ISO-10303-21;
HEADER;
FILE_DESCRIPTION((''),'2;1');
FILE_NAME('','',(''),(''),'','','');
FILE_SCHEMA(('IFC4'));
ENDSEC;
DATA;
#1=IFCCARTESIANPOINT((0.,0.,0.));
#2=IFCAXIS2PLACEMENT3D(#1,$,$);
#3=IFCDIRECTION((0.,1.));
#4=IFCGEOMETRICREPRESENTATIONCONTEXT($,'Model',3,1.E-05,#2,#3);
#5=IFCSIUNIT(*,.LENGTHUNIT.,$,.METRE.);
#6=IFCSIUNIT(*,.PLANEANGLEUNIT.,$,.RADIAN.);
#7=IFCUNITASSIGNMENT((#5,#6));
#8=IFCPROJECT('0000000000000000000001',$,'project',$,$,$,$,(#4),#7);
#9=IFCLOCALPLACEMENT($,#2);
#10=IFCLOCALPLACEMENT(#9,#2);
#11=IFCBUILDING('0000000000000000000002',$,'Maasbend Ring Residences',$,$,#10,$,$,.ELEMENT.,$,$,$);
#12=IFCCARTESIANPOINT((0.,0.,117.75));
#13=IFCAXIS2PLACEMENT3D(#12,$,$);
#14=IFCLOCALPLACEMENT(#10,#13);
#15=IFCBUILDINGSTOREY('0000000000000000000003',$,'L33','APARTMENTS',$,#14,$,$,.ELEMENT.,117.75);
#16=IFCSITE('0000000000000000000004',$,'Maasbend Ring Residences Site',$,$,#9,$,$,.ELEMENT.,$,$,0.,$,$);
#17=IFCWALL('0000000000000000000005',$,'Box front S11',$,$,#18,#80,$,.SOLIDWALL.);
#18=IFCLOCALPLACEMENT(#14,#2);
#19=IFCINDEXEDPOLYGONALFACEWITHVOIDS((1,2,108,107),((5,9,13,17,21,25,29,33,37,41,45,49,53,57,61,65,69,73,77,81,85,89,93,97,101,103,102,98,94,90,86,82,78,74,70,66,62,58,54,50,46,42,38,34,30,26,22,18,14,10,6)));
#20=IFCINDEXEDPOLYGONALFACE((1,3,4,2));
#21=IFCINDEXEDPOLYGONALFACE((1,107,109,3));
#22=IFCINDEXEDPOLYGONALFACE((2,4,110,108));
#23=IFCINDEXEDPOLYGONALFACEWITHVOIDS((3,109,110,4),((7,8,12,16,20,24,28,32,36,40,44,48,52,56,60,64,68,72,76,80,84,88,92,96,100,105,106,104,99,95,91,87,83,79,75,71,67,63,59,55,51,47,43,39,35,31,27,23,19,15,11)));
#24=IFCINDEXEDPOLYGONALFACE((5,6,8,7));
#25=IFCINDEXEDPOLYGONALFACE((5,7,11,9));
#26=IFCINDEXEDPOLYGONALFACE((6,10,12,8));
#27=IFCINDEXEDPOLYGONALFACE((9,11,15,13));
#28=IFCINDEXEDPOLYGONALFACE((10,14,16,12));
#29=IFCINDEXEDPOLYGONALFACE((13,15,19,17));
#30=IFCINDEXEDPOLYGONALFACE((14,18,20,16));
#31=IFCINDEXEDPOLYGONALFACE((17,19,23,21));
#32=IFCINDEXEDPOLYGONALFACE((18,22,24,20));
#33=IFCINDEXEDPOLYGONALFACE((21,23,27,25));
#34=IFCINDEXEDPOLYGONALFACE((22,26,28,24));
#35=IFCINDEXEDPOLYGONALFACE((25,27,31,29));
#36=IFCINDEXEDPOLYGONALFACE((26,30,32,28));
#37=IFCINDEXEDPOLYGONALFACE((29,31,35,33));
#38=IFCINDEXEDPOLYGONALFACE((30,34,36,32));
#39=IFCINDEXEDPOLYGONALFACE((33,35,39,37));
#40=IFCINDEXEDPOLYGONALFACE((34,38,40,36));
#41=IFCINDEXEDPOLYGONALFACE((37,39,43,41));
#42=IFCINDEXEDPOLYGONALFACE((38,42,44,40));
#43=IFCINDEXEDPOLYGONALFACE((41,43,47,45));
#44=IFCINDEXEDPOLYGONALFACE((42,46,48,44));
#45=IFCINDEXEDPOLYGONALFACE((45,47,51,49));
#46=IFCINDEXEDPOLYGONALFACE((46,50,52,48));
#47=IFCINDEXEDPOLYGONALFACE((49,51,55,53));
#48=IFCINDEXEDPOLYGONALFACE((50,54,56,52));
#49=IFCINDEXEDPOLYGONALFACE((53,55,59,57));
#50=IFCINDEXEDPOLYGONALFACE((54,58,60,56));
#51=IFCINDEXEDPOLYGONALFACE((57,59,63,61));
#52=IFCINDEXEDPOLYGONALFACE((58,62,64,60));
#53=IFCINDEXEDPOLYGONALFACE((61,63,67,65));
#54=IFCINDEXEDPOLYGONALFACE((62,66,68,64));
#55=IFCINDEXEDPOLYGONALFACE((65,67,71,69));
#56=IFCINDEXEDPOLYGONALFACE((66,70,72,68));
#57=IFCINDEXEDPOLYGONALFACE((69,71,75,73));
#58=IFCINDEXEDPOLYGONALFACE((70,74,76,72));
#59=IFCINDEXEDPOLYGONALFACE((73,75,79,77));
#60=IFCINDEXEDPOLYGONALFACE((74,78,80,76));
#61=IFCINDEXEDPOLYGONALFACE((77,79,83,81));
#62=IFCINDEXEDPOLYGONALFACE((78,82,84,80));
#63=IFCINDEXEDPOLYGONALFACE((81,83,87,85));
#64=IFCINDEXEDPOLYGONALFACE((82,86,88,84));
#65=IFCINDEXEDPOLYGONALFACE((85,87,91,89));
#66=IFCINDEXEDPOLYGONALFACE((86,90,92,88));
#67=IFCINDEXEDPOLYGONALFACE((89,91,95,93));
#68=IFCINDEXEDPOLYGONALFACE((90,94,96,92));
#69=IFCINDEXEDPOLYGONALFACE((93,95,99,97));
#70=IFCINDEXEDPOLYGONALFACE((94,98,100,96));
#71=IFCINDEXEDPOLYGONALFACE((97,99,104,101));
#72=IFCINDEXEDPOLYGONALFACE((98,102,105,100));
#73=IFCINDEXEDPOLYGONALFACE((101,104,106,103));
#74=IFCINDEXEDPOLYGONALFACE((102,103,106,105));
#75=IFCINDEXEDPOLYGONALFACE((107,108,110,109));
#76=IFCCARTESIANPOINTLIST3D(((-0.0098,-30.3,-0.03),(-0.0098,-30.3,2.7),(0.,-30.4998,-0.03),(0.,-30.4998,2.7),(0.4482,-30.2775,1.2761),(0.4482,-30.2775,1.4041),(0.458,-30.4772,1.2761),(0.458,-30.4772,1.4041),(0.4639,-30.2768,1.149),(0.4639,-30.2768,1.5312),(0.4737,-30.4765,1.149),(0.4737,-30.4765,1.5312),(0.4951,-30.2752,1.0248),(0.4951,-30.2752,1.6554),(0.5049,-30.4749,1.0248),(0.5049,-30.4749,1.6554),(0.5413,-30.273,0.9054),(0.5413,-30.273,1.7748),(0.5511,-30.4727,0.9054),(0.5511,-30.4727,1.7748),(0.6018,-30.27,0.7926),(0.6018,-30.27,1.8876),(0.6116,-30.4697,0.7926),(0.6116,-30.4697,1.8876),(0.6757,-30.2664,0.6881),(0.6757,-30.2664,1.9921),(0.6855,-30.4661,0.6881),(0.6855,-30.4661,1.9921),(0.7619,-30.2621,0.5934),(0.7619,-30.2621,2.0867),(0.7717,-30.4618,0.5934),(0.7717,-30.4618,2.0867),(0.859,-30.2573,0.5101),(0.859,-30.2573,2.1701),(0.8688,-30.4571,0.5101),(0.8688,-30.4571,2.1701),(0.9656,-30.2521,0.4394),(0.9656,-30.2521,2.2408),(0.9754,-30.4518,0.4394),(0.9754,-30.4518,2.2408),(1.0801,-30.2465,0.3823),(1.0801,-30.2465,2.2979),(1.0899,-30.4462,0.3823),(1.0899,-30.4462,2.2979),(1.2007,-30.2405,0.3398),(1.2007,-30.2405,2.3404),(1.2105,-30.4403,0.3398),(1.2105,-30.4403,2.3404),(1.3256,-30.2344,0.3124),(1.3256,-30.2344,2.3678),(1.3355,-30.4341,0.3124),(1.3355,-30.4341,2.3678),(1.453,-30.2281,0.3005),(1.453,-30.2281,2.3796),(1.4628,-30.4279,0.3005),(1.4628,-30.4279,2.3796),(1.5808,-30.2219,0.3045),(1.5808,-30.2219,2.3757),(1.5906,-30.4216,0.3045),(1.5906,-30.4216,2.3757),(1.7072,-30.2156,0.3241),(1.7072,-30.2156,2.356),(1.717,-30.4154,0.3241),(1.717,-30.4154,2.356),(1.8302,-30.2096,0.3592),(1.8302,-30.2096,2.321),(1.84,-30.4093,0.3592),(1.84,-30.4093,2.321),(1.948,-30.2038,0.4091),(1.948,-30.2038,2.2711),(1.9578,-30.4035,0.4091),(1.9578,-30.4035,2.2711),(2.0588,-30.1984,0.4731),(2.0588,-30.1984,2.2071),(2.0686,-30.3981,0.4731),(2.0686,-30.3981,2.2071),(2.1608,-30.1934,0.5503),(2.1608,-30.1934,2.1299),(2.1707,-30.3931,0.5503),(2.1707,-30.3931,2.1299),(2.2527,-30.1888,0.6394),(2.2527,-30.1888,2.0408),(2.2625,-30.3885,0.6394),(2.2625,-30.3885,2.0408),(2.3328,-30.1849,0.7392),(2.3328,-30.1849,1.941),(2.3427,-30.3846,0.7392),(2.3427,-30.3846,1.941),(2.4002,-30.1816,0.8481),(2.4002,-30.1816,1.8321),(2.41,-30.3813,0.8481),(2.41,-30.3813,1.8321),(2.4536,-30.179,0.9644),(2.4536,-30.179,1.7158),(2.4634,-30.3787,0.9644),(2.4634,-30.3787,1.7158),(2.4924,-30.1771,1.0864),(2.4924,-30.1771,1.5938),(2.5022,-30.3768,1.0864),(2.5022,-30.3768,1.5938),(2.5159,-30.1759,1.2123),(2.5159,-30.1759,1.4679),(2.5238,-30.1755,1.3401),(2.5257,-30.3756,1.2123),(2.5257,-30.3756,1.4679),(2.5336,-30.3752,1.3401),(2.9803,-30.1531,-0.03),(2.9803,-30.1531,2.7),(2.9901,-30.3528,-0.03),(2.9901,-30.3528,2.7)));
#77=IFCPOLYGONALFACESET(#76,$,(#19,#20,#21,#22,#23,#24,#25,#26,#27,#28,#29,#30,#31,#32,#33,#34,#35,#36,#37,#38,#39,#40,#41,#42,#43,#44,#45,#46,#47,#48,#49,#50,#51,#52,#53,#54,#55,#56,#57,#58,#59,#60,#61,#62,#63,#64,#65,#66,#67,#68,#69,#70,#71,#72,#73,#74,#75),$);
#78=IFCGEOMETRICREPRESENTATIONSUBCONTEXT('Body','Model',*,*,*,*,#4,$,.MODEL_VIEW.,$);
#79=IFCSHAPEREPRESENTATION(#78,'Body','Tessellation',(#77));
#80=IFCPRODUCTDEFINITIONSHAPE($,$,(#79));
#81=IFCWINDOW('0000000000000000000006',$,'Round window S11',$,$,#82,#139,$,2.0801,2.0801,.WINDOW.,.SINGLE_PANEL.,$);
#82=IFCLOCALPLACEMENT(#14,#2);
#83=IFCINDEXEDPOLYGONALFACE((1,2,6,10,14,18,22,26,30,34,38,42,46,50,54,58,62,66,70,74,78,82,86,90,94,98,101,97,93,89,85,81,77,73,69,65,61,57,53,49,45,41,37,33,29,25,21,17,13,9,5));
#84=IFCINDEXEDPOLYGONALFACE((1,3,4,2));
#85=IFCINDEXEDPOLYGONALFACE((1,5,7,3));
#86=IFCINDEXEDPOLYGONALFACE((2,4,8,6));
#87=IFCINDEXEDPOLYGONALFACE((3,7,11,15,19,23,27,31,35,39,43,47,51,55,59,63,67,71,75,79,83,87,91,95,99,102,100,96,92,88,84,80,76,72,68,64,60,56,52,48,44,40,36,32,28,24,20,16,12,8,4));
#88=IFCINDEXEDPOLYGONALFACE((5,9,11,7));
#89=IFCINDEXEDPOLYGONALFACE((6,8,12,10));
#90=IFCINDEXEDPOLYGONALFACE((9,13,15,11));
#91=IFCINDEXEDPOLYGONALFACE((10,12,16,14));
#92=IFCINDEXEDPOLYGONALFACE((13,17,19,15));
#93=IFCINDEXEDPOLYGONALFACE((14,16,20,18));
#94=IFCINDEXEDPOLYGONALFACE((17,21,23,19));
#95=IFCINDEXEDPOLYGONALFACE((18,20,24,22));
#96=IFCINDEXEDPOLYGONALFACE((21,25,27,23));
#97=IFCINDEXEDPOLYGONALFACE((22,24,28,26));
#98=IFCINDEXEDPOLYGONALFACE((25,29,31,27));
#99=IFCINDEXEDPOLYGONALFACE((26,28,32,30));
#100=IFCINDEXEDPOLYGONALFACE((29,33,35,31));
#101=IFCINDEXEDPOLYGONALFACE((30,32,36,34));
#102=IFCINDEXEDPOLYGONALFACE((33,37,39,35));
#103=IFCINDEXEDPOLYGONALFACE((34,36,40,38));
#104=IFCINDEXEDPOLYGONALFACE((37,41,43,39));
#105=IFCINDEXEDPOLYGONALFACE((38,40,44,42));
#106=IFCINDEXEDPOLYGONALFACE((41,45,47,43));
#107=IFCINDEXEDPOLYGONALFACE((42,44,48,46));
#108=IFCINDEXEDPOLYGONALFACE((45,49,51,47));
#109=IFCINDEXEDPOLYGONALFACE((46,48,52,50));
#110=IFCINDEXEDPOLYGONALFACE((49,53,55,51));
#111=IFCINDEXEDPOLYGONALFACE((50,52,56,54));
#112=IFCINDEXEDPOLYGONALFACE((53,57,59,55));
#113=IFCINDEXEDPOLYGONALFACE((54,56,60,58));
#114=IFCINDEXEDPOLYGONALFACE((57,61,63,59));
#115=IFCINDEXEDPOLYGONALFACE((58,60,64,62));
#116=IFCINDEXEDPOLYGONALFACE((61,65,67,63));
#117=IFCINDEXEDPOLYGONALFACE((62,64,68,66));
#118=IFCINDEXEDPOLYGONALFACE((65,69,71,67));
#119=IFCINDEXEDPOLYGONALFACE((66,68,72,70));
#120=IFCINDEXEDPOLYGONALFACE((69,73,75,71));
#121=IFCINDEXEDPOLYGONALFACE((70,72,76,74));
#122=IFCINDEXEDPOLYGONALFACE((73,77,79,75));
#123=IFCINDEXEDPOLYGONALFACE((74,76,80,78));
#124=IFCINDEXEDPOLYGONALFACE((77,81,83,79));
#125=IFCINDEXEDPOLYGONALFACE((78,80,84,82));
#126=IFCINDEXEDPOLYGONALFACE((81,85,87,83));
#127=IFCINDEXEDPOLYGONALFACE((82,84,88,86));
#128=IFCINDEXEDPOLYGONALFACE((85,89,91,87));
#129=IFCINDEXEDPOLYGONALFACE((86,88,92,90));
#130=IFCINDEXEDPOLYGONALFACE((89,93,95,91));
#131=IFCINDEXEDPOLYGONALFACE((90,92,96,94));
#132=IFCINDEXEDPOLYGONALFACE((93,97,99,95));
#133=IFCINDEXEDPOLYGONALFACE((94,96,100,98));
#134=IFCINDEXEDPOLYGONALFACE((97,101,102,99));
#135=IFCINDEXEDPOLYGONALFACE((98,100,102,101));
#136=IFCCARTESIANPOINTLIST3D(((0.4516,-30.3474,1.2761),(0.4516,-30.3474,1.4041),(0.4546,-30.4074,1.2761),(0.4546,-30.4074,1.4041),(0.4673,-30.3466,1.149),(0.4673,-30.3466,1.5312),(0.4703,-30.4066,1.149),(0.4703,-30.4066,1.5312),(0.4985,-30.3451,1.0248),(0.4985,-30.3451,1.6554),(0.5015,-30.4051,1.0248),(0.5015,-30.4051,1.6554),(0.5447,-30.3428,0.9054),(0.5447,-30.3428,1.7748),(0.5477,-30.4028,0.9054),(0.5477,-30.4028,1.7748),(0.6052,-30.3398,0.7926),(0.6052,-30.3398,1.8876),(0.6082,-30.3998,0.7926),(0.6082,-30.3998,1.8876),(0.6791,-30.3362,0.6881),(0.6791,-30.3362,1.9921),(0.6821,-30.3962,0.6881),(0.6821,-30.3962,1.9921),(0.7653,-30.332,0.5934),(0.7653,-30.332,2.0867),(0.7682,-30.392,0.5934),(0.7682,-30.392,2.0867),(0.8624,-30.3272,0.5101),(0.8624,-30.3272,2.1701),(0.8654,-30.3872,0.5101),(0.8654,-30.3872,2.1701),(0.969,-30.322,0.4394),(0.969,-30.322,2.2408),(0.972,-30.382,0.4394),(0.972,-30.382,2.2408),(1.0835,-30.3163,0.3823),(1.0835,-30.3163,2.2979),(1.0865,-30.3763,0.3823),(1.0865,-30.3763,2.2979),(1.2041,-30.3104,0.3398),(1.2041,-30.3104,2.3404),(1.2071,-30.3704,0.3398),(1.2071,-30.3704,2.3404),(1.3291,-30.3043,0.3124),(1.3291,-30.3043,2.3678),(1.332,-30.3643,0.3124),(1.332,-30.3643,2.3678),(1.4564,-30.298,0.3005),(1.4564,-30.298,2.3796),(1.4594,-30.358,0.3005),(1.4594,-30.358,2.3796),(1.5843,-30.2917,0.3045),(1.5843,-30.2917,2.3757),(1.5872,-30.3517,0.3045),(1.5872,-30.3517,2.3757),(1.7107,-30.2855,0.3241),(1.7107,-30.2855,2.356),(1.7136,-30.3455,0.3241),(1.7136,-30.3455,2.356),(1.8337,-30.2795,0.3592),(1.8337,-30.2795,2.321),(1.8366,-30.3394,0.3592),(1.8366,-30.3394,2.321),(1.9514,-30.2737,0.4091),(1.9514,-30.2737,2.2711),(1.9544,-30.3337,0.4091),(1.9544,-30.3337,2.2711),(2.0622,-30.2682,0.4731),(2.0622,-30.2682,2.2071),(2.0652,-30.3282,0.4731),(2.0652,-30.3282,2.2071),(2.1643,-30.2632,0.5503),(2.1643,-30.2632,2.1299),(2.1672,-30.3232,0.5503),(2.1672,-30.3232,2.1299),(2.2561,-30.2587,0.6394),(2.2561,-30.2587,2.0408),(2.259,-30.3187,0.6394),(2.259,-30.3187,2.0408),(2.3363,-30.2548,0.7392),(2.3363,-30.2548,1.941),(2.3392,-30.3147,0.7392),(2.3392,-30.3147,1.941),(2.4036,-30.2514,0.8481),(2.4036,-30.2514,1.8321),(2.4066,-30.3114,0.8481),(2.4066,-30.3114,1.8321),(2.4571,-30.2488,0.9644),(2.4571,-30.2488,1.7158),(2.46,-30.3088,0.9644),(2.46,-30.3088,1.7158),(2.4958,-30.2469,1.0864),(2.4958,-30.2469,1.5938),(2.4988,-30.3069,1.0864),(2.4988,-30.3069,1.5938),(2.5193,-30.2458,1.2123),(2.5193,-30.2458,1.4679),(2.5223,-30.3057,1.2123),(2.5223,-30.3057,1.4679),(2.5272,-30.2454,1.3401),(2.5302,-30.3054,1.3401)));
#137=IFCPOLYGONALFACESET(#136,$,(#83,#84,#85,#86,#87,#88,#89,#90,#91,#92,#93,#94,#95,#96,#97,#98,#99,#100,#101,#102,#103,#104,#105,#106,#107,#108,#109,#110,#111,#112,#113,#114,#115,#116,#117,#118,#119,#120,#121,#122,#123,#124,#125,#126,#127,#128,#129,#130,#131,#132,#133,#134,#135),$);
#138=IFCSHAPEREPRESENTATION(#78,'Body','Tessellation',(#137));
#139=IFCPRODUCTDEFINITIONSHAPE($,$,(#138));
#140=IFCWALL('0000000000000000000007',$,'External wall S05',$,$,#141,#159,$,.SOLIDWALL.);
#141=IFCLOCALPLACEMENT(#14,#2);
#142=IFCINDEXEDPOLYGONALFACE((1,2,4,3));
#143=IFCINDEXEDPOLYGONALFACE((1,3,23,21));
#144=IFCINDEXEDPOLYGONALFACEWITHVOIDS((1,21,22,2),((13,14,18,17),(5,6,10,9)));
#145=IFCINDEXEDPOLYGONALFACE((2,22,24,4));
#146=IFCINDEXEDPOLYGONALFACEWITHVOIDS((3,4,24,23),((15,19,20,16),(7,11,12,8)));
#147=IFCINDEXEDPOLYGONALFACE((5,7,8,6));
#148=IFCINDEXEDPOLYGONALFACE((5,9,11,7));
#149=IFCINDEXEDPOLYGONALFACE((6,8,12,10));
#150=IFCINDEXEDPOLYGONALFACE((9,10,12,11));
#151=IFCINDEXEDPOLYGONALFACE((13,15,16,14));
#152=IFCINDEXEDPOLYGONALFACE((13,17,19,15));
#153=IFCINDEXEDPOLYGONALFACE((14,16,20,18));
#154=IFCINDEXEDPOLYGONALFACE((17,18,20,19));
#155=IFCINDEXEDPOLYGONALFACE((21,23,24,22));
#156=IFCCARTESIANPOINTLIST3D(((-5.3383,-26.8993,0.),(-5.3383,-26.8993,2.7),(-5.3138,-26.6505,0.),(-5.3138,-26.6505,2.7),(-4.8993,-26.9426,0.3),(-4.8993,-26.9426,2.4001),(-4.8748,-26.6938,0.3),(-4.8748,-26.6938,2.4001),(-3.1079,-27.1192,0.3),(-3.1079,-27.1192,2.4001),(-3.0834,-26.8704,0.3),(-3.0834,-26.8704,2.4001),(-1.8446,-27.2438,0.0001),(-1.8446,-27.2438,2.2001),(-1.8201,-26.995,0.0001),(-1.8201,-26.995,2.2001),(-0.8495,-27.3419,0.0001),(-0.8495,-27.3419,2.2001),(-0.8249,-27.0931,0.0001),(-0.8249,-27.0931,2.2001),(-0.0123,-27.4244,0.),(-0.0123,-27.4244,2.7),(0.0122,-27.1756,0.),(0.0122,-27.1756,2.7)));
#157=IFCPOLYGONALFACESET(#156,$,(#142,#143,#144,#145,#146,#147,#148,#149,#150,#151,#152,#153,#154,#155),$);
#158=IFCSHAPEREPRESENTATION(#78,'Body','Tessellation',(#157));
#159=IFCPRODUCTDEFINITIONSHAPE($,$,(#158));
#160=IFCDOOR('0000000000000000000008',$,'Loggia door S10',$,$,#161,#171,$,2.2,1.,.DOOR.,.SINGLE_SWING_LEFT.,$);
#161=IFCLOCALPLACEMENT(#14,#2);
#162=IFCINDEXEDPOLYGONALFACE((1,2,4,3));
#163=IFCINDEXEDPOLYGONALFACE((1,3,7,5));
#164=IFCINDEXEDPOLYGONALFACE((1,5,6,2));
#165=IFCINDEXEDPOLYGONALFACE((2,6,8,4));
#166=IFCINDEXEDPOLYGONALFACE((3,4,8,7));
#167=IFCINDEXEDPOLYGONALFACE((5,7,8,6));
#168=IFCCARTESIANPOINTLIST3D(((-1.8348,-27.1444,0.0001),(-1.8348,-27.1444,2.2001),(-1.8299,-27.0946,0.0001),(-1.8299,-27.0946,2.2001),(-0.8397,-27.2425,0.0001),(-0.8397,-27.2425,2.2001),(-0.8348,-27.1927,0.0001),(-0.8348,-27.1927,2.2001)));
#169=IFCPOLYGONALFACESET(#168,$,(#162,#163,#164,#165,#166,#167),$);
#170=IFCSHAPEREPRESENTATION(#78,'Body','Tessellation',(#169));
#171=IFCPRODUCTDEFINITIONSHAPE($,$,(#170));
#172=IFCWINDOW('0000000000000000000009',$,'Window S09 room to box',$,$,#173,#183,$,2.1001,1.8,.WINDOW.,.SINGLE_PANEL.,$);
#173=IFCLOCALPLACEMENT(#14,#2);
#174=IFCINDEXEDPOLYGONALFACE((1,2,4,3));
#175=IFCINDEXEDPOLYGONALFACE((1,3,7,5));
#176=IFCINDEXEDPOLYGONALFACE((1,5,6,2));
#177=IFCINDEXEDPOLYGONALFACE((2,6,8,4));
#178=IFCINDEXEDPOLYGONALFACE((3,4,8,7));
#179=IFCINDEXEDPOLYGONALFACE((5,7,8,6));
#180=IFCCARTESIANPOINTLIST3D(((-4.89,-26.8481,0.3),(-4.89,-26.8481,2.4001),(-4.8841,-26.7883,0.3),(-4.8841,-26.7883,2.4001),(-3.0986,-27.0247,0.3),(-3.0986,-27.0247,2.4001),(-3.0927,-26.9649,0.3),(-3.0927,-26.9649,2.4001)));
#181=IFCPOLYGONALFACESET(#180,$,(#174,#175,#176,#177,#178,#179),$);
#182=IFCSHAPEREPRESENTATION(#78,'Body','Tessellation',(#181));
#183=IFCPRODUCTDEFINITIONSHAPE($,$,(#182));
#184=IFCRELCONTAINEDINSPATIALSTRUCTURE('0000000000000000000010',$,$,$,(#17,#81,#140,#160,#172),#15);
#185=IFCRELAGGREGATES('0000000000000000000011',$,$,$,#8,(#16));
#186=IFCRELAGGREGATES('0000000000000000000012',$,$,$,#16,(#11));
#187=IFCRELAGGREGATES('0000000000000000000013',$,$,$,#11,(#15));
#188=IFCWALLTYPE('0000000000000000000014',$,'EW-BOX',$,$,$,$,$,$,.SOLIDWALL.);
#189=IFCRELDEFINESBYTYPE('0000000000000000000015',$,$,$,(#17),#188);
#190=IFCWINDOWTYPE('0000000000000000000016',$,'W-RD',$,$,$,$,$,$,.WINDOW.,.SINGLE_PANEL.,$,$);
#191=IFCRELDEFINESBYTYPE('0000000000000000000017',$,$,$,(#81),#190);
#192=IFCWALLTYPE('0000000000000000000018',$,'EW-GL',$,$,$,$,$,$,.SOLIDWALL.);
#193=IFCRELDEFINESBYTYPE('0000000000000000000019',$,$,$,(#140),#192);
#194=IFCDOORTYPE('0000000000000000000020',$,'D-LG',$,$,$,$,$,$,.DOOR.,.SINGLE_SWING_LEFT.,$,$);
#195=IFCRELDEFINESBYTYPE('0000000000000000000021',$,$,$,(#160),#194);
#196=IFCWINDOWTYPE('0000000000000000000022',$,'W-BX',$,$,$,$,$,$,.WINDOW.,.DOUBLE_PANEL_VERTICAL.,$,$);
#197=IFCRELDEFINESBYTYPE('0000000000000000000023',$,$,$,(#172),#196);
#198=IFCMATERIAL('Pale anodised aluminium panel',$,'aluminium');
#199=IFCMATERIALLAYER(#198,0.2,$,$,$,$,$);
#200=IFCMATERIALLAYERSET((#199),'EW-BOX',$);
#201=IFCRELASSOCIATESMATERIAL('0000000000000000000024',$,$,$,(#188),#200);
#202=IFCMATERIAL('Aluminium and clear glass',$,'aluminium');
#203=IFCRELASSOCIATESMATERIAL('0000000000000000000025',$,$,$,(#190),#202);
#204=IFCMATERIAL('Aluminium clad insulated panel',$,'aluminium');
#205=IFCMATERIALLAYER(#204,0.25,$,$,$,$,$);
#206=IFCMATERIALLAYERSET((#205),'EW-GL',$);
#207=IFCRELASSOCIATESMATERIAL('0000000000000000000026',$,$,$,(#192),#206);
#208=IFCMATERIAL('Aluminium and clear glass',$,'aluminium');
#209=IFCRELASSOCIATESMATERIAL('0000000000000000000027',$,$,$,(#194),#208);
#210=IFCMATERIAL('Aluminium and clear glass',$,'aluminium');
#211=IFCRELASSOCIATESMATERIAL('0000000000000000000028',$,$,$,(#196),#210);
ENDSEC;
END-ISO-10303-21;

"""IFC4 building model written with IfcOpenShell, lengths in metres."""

from ifc_helpers import new_model, si_unit, direction, frame, frame_2d, origin, place, context, subcontext, project, spatial, rectangle, circle, extrude, material, layer, layer_set, type_object, element, fill, save


model = new_model("IFC4")

# Units and contexts
model_context = context("Model", 3, precision=1e-05, world=origin(), true_north=direction((0.0, 1.0)))
body_context = subcontext(model_context, "Body", "Model", "MODEL_VIEW")
ifc_project = project(units=[si_unit("LENGTHUNIT", "METRE"), si_unit("PLANEANGLEUNIT", "RADIAN")], contexts=[model_context])

# Site, building, storey
site_placement = place(None, origin())
site = spatial("IfcSite", under=ifc_project, at=site_placement, Name="Maasbend Ring Residences Site", CompositionType="ELEMENT", RefElevation=0.0)
building_placement = place(site_placement, origin())
building = spatial("IfcBuilding", under=site, at=building_placement, Name="Maasbend Ring Residences", CompositionType="ELEMENT")
storey_placement = place(building_placement, frame((0.0, 0.0, 117.75)))
storey = spatial("IfcBuildingStorey", under=building, at=storey_placement, Name="L33", Description="APARTMENTS", CompositionType="ELEMENT", Elevation=117.75)

# Shared definitions
ifc_material_1 = material(Name="Pale anodised aluminium panel", Category="aluminium")
ifc_layer_1 = layer(ifc_material_1, 0.2)
ifc_layer_set_1 = layer_set([ifc_layer_1], Name="EW-BOX")
wall_type_1 = type_object("IfcWallType", Name="EW-BOX", PredefinedType="SOLIDWALL", material=ifc_layer_set_1)

# Shared definitions
ifc_material_2 = material(Name="Aluminium and clear glass", Category="aluminium")
window_type_1 = type_object("IfcWindowType", Name="W-RD", PartitioningType="SINGLE_PANEL", PredefinedType="WINDOW", material=ifc_material_2)

# Wall, opening, window
wall_1_placement = place(storey_placement, frame((-0.0049, -30.3999, -0.03), z_axis=(0.0, 0.0, 1.0), x_axis=(0.998794, 0.049096, 0.0)))
wall_1 = element("IfcWall", 1, at=wall_1_placement, inside=storey, type_object=wall_type_1, Name="Box front S11", PredefinedType="SOLIDWALL", context=body_context, shape_type="SweptSolid", body=[
    extrude(rectangle(XDim=2.9937, YDim=0.2, at=frame_2d((1.4968, 0.0))), origin(), (0.0, 0.0, 1.0), 2.73),
])
opening_1_placement = place(wall_1_placement, frame((0.4565, 0.0, 0.3301)))
opening_1 = element("IfcOpeningElement", 2, at=opening_1_placement, cuts=wall_1, PredefinedType="OPENING", context=body_context, shape_type="SweptSolid", body=[
    extrude(circle(Radius=1.04, at=frame_2d((1.04, 1.04))), frame((0.0, 0.1099, 0.0), z_axis=(0.0, -1.0, 0.0), x_axis=(1.0, 0.0, 0.0)), (0.0, 0.0, 1.0), 0.22),
])
window_1_placement = place(opening_1_placement, origin())
window_1 = element("IfcWindow", 3, at=window_1_placement, inside=storey, type_object=window_type_1, Name="Round window S11", OverallHeight=2.0801, OverallWidth=2.0801, PartitioningType="SINGLE_PANEL", PredefinedType="WINDOW", context=body_context, shape_type="SweptSolid", body=[
    extrude(circle(Radius=1.04, at=frame_2d((1.04, 1.04))), frame((0.0, 0.03, 0.0), z_axis=(0.0, -1.0, 0.0), x_axis=(1.0, 0.0, 0.0)), (0.0, 0.0, 1.0), 0.0601),
])
fill(opening_1, window_1)

# Wall, openings, door, window
ifc_material_3 = material(Name="Aluminium clad insulated panel", Category="aluminium")
ifc_layer_2 = layer(ifc_material_3, 0.25)
ifc_layer_set_2 = layer_set([ifc_layer_2], Name="EW-GL")
wall_type_2 = type_object("IfcWallType", Name="EW-GL", PredefinedType="SOLIDWALL", material=ifc_layer_set_2)
wall_2_placement = place(storey_placement, frame((-5.3259, -26.7749, 0.0), z_axis=(0.0, 0.0, 1.0), x_axis=(0.995174, -0.098126, 0.0)))
wall_2 = element("IfcWall", 4, at=wall_2_placement, inside=storey, type_object=wall_type_2, Name="External wall S05", PredefinedType="SOLIDWALL", context=body_context, shape_type="SweptSolid", body=[
    extrude(rectangle(XDim=5.3518, YDim=0.25, at=frame_2d((2.6758, 0.0))), origin(), (0.0, 0.0, 1.0), 2.7),
])
opening_2_placement = place(wall_2_placement, frame((0.4412, 0.0, 0.3)))
opening_2 = element("IfcOpeningElement", 5, at=opening_2_placement, cuts=wall_2, PredefinedType="OPENING", context=body_context, shape_type="SweptSolid", body=[
    extrude(rectangle(XDim=1.8, YDim=2.1001, at=frame_2d((0.8999, 1.05))), frame((0.0, 0.135, 0.0), z_axis=(0.0, -1.0, 0.0), x_axis=(1.0, 0.0, 0.0)), (0.0, 0.0, 1.0), 0.27),
])
opening_3_placement = place(wall_2_placement, frame((3.5105, 0.0, 0.0)))
opening_3 = element("IfcOpeningElement", 6, at=opening_3_placement, cuts=wall_2, PredefinedType="OPENING", context=body_context, shape_type="SweptSolid", body=[
    extrude(rectangle(XDim=1.0, YDim=2.2, at=frame_2d((0.5, 1.1001))), frame((0.0, 0.135, 0.0), z_axis=(0.0, -1.0, 0.0), x_axis=(1.0, 0.0, 0.0)), (0.0, 0.0, 1.0), 0.27),
])
ifc_material_4 = material(Name="Aluminium and clear glass", Category="aluminium")
door_type_1 = type_object("IfcDoorType", Name="D-LG", OperationType="SINGLE_SWING_LEFT", PredefinedType="DOOR", material=ifc_material_4)
door_1_placement = place(opening_3_placement, origin())
door_1 = element("IfcDoor", 7, at=door_1_placement, inside=storey, type_object=door_type_1, Name="Loggia door S10", OperationType="SINGLE_SWING_LEFT", OverallHeight=2.2, OverallWidth=1.0, PredefinedType="DOOR", context=body_context, shape_type="SweptSolid", body=[
    extrude(rectangle(XDim=1.0, YDim=2.2, at=frame_2d((0.5, 1.1001))), frame((0.0, 0.0249, 0.0), z_axis=(0.0, -1.0, 0.0), x_axis=(1.0, 0.0, 0.0)), (0.0, 0.0, 1.0), 0.05),
])
fill(opening_3, door_1)
ifc_material_5 = material(Name="Aluminium and clear glass", Category="aluminium")
window_type_2 = type_object("IfcWindowType", Name="W-BX", PartitioningType="DOUBLE_PANEL_VERTICAL", PredefinedType="WINDOW", material=ifc_material_5)
window_2_placement = place(opening_2_placement, origin())
window_2 = element("IfcWindow", 8, at=window_2_placement, inside=storey, type_object=window_type_2, Name="Window S09 room to box", OverallHeight=2.1001, OverallWidth=1.8, PartitioningType="SINGLE_PANEL", PredefinedType="WINDOW", context=body_context, shape_type="SweptSolid", body=[
    extrude(rectangle(XDim=1.8, YDim=2.1001, at=frame_2d((0.8999, 1.05))), frame((0.0, 0.03, 0.0), z_axis=(0.0, -1.0, 0.0), x_axis=(1.0, 0.0, 0.0)), (0.0, 0.0, 1.0), 0.0601),
])
fill(opening_2, window_2)

save(model, "model.ifc")
